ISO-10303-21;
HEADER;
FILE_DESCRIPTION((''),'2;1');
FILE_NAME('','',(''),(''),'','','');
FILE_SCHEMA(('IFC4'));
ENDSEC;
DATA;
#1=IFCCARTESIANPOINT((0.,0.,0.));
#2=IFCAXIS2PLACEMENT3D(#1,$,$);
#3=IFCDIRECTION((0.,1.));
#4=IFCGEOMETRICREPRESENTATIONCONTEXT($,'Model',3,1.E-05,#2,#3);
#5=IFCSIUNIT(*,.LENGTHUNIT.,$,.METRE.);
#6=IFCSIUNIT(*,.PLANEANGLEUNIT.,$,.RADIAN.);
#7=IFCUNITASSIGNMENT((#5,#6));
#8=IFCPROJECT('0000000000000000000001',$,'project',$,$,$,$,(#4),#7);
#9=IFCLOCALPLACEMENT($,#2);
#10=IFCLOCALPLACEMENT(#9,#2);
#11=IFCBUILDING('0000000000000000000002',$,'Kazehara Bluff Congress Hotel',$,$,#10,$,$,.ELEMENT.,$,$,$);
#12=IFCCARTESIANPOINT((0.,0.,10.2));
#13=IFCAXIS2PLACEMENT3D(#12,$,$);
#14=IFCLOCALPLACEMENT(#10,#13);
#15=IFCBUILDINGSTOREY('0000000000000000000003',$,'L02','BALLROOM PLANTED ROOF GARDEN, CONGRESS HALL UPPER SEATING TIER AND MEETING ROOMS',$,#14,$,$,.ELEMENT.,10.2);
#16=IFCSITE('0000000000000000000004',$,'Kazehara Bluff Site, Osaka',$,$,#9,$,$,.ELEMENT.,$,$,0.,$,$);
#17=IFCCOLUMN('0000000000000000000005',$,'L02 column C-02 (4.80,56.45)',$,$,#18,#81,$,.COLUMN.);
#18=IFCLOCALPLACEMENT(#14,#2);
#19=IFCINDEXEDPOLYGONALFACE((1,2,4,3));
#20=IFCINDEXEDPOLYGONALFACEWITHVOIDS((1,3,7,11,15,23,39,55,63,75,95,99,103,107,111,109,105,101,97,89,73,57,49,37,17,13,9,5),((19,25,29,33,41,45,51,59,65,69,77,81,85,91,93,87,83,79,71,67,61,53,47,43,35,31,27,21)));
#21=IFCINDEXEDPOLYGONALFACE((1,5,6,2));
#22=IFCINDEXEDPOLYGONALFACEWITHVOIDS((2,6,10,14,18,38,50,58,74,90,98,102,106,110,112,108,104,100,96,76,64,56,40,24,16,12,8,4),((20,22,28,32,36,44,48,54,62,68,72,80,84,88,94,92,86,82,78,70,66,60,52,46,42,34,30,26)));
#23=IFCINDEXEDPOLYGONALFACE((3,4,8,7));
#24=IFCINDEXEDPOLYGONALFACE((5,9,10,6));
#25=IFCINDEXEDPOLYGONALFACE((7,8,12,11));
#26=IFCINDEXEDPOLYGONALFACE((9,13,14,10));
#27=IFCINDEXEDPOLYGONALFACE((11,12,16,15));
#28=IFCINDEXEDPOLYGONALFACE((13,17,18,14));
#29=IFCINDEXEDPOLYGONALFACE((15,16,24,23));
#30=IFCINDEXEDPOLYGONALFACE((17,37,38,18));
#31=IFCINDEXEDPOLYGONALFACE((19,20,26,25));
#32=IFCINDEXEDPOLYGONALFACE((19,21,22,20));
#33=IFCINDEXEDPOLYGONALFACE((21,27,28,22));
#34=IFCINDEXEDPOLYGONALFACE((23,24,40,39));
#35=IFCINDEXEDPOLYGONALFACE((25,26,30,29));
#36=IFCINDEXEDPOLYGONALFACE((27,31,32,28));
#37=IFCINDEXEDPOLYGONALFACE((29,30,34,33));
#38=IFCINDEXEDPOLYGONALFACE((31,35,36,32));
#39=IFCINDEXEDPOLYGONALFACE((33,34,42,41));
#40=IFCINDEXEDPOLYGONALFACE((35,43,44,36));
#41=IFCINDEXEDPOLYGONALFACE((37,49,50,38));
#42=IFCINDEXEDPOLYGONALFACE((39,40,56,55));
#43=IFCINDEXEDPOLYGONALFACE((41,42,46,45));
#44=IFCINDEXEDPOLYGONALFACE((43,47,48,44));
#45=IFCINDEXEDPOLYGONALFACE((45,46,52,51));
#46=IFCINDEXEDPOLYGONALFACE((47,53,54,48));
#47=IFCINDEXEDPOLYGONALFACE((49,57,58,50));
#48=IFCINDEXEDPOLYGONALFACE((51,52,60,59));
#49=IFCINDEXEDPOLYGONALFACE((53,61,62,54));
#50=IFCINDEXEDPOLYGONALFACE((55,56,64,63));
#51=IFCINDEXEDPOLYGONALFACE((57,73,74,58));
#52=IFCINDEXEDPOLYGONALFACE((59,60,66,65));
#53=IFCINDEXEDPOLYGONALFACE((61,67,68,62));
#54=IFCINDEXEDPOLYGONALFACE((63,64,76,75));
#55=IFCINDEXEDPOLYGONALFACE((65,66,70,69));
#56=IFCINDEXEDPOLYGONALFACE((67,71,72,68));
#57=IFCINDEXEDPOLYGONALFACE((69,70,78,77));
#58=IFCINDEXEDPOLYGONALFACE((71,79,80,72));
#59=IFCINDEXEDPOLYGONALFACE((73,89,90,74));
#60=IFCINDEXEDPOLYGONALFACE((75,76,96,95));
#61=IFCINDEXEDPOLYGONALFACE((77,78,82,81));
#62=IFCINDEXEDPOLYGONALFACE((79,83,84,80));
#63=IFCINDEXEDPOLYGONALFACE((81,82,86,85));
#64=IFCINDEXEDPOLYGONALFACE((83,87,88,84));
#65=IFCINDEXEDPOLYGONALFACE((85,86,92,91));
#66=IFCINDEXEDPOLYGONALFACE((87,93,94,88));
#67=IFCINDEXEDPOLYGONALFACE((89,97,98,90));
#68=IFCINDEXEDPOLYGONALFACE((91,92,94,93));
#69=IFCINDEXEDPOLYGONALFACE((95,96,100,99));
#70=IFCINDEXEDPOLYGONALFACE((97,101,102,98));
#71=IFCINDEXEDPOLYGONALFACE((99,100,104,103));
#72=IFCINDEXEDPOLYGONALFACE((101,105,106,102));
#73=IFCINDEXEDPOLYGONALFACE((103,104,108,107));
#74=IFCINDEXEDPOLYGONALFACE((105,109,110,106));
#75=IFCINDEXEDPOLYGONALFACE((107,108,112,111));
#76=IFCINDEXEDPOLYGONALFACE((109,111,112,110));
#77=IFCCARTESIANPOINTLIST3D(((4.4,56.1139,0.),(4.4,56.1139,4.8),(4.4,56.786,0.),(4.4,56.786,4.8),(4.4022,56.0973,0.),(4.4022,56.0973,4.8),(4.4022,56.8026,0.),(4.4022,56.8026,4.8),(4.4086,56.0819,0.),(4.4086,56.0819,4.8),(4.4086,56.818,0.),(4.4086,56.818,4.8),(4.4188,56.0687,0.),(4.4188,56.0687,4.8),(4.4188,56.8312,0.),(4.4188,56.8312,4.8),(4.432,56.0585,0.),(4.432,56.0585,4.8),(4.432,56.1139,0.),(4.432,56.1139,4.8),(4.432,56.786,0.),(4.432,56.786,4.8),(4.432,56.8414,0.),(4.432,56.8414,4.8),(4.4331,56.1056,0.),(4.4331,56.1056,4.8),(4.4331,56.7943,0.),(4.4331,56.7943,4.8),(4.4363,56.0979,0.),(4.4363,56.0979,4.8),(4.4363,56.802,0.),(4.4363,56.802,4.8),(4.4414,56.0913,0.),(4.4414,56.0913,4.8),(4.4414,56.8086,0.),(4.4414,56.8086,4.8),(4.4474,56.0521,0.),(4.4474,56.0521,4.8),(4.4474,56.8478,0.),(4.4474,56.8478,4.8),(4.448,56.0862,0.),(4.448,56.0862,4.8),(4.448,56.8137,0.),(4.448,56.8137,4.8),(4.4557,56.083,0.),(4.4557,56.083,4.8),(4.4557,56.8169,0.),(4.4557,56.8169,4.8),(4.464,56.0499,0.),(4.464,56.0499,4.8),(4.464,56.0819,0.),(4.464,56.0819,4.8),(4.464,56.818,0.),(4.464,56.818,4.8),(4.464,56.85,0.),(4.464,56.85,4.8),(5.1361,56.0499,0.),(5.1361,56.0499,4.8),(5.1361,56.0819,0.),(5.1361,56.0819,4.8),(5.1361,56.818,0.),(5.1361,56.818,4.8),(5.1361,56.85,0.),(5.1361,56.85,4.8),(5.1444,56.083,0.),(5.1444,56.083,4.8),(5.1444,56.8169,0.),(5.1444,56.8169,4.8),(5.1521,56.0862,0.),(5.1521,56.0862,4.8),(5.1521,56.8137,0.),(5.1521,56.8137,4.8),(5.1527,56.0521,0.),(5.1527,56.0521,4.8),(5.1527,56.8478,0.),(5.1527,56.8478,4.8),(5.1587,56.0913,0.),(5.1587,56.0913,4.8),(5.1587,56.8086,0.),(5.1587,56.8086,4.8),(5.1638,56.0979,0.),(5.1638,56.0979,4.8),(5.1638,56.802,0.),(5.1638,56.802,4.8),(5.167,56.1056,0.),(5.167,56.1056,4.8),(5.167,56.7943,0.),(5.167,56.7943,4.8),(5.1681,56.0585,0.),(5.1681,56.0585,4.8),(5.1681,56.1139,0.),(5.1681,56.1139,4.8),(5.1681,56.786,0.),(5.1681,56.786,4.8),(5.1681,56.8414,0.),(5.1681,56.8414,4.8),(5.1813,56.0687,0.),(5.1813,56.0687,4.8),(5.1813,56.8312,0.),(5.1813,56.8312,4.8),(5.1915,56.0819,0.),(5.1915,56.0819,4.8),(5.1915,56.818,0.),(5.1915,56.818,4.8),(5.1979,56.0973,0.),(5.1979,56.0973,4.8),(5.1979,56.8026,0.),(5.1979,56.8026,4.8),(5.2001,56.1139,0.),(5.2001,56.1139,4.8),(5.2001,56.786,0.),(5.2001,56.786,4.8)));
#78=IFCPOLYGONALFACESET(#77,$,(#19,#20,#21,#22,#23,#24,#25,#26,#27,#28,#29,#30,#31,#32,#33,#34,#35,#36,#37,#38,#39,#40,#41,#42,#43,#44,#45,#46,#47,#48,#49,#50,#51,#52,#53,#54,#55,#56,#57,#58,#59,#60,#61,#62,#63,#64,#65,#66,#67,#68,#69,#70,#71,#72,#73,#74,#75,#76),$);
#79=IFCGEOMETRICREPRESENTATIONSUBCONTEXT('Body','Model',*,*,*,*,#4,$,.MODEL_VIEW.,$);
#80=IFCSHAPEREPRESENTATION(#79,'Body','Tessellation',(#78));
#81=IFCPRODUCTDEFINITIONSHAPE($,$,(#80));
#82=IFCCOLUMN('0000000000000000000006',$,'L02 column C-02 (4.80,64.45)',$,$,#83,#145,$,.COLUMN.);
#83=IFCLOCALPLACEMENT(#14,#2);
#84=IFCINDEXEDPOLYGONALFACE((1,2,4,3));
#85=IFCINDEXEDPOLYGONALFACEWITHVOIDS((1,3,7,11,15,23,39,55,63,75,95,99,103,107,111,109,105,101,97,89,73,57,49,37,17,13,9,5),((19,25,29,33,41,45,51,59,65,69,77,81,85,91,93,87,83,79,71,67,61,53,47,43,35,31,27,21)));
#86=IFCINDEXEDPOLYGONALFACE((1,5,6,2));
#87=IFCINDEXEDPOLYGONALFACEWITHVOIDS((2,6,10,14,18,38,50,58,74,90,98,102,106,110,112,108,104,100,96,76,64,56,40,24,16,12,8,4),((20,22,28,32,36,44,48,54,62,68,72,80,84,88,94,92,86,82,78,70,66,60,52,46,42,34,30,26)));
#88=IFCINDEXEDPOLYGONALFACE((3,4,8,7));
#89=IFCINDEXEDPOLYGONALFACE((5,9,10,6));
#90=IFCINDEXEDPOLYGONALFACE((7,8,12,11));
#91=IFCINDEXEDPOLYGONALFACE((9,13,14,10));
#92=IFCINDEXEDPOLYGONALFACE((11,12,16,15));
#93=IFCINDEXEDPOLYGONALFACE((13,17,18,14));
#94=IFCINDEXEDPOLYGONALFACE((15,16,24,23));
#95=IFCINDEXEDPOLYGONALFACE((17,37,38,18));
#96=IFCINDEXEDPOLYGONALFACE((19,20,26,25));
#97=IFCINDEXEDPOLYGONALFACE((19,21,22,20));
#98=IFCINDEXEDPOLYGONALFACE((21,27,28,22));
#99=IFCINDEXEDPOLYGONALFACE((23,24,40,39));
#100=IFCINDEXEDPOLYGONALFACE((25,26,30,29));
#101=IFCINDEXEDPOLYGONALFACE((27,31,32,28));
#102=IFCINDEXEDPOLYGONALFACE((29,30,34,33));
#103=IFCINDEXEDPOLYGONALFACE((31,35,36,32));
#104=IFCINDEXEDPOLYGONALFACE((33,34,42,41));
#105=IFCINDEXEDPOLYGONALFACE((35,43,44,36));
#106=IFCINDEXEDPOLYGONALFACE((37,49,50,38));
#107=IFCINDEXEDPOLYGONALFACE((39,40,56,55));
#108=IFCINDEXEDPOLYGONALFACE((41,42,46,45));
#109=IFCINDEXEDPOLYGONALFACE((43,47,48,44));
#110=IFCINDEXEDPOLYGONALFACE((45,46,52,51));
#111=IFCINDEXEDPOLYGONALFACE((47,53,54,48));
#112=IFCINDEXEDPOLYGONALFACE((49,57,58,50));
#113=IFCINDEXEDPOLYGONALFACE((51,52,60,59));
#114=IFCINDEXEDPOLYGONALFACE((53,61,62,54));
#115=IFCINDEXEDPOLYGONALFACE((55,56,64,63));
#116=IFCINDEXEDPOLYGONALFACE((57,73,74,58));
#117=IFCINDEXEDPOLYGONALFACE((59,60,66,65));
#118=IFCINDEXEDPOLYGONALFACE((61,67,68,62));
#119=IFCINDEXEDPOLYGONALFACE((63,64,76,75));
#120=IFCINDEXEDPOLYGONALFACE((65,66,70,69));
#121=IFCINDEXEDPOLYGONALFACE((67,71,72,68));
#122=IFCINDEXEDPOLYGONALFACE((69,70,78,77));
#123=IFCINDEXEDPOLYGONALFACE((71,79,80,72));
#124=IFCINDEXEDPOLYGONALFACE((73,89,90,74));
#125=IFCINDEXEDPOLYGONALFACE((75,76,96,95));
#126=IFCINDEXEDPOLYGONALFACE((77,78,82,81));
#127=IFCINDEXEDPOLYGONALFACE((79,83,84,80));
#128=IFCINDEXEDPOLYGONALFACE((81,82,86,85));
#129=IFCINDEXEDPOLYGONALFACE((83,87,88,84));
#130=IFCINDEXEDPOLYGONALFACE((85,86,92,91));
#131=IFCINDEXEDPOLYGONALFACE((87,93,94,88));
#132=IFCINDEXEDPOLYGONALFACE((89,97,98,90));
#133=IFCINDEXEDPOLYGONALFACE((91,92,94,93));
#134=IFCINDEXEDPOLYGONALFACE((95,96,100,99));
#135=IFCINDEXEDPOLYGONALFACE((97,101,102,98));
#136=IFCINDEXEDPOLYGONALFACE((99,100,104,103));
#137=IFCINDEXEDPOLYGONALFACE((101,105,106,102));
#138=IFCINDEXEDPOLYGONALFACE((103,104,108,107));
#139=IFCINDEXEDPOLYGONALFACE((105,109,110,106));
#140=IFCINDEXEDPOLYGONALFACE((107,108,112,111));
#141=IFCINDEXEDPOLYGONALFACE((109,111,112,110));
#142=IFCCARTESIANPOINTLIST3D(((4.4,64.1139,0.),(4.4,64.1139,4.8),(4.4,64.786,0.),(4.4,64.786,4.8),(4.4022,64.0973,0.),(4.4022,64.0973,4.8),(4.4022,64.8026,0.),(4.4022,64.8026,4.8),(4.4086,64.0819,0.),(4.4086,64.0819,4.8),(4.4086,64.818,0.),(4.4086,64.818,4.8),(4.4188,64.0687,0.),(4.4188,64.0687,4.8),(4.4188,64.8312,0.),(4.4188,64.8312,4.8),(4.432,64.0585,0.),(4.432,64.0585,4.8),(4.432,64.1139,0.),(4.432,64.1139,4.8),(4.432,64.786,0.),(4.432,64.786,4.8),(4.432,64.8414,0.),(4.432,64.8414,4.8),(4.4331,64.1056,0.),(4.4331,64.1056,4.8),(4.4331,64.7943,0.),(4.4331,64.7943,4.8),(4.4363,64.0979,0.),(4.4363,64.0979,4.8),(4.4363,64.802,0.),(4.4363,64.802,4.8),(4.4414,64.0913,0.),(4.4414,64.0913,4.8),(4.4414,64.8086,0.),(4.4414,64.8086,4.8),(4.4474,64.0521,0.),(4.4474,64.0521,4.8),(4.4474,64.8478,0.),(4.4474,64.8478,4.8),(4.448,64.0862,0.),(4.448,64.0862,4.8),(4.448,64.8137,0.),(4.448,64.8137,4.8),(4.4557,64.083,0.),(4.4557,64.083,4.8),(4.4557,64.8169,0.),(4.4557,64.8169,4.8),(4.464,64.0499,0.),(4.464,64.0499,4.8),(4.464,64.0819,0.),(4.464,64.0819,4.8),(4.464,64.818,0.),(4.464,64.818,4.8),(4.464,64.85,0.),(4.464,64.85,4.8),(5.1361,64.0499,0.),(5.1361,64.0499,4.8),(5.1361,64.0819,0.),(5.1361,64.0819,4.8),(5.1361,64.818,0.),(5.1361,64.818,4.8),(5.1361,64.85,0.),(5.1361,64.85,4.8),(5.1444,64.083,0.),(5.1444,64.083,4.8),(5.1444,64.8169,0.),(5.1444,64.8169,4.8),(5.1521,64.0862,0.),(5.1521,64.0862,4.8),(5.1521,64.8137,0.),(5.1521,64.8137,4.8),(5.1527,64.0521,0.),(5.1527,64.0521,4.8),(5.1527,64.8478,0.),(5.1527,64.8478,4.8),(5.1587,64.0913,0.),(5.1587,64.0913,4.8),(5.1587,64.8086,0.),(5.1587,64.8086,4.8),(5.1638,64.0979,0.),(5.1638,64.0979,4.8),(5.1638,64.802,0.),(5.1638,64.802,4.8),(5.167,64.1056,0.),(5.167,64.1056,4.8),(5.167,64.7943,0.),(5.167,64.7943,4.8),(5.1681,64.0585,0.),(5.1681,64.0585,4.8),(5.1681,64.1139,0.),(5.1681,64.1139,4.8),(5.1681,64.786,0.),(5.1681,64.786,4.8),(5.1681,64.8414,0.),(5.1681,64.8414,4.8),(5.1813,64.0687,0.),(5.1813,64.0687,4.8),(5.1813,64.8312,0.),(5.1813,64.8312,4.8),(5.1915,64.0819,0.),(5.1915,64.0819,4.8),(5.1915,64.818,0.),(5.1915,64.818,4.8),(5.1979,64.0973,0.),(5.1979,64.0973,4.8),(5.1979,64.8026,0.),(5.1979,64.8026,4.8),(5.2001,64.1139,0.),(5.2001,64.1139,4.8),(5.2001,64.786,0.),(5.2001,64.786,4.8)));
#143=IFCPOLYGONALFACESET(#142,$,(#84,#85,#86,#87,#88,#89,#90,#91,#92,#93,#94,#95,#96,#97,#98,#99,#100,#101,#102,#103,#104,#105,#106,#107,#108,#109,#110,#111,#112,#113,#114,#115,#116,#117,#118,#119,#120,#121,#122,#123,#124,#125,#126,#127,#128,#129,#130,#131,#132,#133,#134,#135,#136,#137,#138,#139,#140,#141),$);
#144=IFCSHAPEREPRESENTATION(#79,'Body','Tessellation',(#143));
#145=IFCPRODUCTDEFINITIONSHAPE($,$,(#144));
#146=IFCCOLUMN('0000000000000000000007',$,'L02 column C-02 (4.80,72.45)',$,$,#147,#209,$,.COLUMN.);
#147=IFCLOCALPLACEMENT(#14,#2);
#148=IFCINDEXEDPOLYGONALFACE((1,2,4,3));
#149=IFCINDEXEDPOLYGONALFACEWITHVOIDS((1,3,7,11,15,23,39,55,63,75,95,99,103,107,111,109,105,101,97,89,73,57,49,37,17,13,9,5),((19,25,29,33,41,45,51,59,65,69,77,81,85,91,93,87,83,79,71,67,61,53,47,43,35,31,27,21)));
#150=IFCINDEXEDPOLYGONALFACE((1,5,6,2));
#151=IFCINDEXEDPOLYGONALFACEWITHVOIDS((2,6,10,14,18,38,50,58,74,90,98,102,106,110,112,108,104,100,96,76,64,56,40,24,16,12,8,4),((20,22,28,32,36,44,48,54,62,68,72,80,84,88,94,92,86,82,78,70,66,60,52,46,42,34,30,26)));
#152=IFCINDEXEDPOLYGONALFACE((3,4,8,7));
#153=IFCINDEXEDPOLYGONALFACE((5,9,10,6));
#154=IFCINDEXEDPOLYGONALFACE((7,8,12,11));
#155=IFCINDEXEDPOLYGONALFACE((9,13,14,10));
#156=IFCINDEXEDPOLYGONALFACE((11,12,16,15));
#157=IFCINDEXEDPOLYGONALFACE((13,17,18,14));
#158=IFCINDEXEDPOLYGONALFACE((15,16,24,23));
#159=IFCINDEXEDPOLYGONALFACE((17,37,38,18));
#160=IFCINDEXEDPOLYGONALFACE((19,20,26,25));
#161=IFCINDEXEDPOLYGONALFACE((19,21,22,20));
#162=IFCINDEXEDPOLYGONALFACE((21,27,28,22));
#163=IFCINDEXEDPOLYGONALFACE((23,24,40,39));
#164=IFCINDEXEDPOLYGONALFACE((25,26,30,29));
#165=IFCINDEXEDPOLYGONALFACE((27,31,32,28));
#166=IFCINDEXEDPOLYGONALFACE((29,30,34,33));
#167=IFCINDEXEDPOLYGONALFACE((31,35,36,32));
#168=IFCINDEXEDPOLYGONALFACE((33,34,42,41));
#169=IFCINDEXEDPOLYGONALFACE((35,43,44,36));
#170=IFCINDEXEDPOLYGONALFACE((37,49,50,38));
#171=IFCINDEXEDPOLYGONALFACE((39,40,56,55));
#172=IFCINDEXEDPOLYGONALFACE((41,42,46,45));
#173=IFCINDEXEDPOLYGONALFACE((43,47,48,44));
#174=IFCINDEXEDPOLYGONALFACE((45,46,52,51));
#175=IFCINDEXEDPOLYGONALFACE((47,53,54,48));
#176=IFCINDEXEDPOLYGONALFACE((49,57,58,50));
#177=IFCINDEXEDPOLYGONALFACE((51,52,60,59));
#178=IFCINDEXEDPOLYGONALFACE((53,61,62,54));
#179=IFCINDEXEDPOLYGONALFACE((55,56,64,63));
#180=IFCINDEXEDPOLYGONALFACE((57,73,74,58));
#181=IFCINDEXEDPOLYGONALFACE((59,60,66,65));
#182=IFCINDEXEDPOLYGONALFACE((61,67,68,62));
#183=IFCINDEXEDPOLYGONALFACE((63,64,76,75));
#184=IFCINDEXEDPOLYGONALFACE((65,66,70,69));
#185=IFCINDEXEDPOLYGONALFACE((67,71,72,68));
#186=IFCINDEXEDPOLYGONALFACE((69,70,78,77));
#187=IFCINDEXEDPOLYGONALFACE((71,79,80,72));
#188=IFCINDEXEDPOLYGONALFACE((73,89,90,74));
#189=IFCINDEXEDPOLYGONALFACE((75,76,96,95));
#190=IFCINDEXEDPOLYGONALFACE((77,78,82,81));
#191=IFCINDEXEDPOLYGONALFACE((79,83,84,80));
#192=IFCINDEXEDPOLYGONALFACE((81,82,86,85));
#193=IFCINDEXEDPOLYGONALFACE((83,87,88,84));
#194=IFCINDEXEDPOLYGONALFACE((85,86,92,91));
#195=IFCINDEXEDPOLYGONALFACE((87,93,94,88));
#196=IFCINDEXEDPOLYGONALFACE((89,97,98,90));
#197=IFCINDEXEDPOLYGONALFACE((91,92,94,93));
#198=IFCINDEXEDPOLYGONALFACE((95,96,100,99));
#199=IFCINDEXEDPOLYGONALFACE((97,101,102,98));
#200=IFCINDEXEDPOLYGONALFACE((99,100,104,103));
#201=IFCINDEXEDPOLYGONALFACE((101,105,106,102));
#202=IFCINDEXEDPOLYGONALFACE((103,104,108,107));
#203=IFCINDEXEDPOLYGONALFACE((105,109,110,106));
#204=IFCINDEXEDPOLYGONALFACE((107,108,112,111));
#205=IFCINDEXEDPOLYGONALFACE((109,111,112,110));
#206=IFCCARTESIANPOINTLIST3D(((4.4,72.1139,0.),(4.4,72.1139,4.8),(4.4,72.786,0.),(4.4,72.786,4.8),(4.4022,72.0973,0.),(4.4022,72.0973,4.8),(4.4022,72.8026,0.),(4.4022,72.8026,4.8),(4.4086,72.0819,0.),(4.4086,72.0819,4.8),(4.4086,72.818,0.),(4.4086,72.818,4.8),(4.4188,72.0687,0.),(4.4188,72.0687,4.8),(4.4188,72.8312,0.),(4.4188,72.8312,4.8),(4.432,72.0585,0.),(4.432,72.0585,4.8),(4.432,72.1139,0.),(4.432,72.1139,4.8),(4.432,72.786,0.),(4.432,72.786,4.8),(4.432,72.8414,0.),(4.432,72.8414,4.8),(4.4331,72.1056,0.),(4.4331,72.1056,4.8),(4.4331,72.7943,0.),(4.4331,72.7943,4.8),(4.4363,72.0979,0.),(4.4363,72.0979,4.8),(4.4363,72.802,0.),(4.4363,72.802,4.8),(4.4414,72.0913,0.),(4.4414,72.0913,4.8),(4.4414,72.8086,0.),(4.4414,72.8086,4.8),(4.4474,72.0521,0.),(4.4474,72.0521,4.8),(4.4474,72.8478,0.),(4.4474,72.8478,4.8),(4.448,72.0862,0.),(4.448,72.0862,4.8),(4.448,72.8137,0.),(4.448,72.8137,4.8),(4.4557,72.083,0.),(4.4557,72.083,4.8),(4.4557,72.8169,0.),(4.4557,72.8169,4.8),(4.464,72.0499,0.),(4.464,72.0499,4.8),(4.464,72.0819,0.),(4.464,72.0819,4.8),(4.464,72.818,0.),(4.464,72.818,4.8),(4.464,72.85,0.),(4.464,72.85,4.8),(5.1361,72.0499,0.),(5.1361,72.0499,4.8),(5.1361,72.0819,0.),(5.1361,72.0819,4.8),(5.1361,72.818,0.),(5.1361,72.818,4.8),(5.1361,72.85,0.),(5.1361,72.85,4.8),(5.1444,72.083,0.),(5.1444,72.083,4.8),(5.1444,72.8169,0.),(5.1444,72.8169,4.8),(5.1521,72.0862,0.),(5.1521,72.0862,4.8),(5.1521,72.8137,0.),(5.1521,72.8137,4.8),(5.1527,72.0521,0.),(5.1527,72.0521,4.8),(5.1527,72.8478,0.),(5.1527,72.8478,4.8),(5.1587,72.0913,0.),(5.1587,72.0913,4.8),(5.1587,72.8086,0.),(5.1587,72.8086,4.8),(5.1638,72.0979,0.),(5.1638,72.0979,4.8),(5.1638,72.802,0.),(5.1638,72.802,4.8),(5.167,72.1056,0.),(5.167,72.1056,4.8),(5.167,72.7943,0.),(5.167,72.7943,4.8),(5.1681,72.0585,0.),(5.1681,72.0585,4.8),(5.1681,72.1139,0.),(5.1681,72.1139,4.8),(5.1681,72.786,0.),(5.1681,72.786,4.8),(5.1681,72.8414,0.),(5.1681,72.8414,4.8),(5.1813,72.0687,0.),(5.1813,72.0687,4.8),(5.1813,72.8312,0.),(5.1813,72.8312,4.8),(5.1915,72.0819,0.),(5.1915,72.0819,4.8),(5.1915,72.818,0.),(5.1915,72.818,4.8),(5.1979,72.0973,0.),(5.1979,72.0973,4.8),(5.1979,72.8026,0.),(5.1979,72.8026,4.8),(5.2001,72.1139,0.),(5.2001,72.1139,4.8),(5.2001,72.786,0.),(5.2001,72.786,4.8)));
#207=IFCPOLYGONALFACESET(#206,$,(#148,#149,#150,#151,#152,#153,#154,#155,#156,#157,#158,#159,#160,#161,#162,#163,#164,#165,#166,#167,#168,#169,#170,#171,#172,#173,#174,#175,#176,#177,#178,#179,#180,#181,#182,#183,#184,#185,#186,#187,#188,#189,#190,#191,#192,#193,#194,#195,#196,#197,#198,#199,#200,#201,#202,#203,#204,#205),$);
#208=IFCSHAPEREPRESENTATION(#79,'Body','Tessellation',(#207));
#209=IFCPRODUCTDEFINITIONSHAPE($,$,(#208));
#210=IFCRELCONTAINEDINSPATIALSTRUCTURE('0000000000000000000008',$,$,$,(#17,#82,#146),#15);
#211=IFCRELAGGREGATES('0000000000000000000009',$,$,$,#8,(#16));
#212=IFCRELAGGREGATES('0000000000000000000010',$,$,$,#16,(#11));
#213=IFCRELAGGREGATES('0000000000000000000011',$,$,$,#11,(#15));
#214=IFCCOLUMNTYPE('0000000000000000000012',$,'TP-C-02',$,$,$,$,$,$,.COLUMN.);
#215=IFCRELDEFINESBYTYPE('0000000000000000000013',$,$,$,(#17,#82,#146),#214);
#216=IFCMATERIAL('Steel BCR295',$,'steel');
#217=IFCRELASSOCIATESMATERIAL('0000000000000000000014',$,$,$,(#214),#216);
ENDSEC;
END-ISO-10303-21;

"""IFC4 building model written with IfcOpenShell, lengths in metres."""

from ifc_helpers import new_model, si_unit, direction, frame, origin, origin_2d, place, context, subcontext, project, spatial, hollow_rectangle, extrude, material, material_profile, profile_set, type_object, element, save


model = new_model("IFC4")

# Units and contexts
model_context = context("Model", 3, precision=1e-05, world=origin(), true_north=direction((0.0, 1.0)))
body_context = subcontext(model_context, "Body", "Model", "MODEL_VIEW")
ifc_project = project(units=[si_unit("LENGTHUNIT", "METRE"), si_unit("PLANEANGLEUNIT", "RADIAN")], contexts=[model_context])

# Site, building, storey
site_placement = place(None, origin())
site = spatial("IfcSite", under=ifc_project, at=site_placement, Name="Kazehara Bluff Site, Osaka", CompositionType="ELEMENT", RefElevation=0.0)
building_placement = place(site_placement, origin())
building = spatial("IfcBuilding", under=site, at=building_placement, Name="Kazehara Bluff Congress Hotel", CompositionType="ELEMENT")
storey_placement = place(building_placement, frame((0.0, 0.0, 10.2)))
storey = spatial("IfcBuildingStorey", under=building, at=storey_placement, Name="L02", Description="BALLROOM PLANTED ROOF GARDEN, CONGRESS HALL UPPER SEATING TIER AND MEETING ROOMS", CompositionType="ELEMENT", Elevation=10.2)

# Columns
ifc_material_1 = material(Name="Steel BCR295", Category="steel")
ifc_material_profile_1 = material_profile(ifc_material_1, hollow_rectangle(XDim=0.8, YDim=0.8, WallThickness=0.032, InnerFilletRadius=0.032, OuterFilletRadius=0.064, at=origin_2d()))
ifc_profile_set_1 = profile_set([ifc_material_profile_1], Name="Steel BCR295")
column_type = type_object("IfcColumnType", Name="TP-C-02", PredefinedType="COLUMN", material=ifc_profile_set_1)
for number, where, z_axis, x_axis, name in (
    (1, (4.8, 56.45, 0.0), (0.0, 0.0, 1.0), (1.0, 0.0, 0.0), "L02 column C-02 (4.80,56.45)"),
    (2, (4.8, 64.45, 0.0), (0.0, 0.0, 1.0), (1.0, 0.0, 0.0), "L02 column C-02 (4.80,64.45)"),
    (3, (4.8, 72.45, 0.0), (0.0, 0.0, 1.0), (1.0, 0.0, 0.0), "L02 column C-02 (4.80,72.45)"),
):
    element("IfcColumn", number, at=place(storey_placement, frame(where, z_axis=z_axis, x_axis=x_axis)), inside=storey, type_object=column_type, Name=name, PredefinedType="COLUMN", context=body_context, shape_type="SweptSolid", body=[
        extrude(hollow_rectangle(XDim=0.8, YDim=0.8, WallThickness=0.032, InnerFilletRadius=0.032, OuterFilletRadius=0.064, at=origin_2d()), origin(), (0.0, 0.0, 1.0), 4.8),
    ])

save(model, "model.ifc")
